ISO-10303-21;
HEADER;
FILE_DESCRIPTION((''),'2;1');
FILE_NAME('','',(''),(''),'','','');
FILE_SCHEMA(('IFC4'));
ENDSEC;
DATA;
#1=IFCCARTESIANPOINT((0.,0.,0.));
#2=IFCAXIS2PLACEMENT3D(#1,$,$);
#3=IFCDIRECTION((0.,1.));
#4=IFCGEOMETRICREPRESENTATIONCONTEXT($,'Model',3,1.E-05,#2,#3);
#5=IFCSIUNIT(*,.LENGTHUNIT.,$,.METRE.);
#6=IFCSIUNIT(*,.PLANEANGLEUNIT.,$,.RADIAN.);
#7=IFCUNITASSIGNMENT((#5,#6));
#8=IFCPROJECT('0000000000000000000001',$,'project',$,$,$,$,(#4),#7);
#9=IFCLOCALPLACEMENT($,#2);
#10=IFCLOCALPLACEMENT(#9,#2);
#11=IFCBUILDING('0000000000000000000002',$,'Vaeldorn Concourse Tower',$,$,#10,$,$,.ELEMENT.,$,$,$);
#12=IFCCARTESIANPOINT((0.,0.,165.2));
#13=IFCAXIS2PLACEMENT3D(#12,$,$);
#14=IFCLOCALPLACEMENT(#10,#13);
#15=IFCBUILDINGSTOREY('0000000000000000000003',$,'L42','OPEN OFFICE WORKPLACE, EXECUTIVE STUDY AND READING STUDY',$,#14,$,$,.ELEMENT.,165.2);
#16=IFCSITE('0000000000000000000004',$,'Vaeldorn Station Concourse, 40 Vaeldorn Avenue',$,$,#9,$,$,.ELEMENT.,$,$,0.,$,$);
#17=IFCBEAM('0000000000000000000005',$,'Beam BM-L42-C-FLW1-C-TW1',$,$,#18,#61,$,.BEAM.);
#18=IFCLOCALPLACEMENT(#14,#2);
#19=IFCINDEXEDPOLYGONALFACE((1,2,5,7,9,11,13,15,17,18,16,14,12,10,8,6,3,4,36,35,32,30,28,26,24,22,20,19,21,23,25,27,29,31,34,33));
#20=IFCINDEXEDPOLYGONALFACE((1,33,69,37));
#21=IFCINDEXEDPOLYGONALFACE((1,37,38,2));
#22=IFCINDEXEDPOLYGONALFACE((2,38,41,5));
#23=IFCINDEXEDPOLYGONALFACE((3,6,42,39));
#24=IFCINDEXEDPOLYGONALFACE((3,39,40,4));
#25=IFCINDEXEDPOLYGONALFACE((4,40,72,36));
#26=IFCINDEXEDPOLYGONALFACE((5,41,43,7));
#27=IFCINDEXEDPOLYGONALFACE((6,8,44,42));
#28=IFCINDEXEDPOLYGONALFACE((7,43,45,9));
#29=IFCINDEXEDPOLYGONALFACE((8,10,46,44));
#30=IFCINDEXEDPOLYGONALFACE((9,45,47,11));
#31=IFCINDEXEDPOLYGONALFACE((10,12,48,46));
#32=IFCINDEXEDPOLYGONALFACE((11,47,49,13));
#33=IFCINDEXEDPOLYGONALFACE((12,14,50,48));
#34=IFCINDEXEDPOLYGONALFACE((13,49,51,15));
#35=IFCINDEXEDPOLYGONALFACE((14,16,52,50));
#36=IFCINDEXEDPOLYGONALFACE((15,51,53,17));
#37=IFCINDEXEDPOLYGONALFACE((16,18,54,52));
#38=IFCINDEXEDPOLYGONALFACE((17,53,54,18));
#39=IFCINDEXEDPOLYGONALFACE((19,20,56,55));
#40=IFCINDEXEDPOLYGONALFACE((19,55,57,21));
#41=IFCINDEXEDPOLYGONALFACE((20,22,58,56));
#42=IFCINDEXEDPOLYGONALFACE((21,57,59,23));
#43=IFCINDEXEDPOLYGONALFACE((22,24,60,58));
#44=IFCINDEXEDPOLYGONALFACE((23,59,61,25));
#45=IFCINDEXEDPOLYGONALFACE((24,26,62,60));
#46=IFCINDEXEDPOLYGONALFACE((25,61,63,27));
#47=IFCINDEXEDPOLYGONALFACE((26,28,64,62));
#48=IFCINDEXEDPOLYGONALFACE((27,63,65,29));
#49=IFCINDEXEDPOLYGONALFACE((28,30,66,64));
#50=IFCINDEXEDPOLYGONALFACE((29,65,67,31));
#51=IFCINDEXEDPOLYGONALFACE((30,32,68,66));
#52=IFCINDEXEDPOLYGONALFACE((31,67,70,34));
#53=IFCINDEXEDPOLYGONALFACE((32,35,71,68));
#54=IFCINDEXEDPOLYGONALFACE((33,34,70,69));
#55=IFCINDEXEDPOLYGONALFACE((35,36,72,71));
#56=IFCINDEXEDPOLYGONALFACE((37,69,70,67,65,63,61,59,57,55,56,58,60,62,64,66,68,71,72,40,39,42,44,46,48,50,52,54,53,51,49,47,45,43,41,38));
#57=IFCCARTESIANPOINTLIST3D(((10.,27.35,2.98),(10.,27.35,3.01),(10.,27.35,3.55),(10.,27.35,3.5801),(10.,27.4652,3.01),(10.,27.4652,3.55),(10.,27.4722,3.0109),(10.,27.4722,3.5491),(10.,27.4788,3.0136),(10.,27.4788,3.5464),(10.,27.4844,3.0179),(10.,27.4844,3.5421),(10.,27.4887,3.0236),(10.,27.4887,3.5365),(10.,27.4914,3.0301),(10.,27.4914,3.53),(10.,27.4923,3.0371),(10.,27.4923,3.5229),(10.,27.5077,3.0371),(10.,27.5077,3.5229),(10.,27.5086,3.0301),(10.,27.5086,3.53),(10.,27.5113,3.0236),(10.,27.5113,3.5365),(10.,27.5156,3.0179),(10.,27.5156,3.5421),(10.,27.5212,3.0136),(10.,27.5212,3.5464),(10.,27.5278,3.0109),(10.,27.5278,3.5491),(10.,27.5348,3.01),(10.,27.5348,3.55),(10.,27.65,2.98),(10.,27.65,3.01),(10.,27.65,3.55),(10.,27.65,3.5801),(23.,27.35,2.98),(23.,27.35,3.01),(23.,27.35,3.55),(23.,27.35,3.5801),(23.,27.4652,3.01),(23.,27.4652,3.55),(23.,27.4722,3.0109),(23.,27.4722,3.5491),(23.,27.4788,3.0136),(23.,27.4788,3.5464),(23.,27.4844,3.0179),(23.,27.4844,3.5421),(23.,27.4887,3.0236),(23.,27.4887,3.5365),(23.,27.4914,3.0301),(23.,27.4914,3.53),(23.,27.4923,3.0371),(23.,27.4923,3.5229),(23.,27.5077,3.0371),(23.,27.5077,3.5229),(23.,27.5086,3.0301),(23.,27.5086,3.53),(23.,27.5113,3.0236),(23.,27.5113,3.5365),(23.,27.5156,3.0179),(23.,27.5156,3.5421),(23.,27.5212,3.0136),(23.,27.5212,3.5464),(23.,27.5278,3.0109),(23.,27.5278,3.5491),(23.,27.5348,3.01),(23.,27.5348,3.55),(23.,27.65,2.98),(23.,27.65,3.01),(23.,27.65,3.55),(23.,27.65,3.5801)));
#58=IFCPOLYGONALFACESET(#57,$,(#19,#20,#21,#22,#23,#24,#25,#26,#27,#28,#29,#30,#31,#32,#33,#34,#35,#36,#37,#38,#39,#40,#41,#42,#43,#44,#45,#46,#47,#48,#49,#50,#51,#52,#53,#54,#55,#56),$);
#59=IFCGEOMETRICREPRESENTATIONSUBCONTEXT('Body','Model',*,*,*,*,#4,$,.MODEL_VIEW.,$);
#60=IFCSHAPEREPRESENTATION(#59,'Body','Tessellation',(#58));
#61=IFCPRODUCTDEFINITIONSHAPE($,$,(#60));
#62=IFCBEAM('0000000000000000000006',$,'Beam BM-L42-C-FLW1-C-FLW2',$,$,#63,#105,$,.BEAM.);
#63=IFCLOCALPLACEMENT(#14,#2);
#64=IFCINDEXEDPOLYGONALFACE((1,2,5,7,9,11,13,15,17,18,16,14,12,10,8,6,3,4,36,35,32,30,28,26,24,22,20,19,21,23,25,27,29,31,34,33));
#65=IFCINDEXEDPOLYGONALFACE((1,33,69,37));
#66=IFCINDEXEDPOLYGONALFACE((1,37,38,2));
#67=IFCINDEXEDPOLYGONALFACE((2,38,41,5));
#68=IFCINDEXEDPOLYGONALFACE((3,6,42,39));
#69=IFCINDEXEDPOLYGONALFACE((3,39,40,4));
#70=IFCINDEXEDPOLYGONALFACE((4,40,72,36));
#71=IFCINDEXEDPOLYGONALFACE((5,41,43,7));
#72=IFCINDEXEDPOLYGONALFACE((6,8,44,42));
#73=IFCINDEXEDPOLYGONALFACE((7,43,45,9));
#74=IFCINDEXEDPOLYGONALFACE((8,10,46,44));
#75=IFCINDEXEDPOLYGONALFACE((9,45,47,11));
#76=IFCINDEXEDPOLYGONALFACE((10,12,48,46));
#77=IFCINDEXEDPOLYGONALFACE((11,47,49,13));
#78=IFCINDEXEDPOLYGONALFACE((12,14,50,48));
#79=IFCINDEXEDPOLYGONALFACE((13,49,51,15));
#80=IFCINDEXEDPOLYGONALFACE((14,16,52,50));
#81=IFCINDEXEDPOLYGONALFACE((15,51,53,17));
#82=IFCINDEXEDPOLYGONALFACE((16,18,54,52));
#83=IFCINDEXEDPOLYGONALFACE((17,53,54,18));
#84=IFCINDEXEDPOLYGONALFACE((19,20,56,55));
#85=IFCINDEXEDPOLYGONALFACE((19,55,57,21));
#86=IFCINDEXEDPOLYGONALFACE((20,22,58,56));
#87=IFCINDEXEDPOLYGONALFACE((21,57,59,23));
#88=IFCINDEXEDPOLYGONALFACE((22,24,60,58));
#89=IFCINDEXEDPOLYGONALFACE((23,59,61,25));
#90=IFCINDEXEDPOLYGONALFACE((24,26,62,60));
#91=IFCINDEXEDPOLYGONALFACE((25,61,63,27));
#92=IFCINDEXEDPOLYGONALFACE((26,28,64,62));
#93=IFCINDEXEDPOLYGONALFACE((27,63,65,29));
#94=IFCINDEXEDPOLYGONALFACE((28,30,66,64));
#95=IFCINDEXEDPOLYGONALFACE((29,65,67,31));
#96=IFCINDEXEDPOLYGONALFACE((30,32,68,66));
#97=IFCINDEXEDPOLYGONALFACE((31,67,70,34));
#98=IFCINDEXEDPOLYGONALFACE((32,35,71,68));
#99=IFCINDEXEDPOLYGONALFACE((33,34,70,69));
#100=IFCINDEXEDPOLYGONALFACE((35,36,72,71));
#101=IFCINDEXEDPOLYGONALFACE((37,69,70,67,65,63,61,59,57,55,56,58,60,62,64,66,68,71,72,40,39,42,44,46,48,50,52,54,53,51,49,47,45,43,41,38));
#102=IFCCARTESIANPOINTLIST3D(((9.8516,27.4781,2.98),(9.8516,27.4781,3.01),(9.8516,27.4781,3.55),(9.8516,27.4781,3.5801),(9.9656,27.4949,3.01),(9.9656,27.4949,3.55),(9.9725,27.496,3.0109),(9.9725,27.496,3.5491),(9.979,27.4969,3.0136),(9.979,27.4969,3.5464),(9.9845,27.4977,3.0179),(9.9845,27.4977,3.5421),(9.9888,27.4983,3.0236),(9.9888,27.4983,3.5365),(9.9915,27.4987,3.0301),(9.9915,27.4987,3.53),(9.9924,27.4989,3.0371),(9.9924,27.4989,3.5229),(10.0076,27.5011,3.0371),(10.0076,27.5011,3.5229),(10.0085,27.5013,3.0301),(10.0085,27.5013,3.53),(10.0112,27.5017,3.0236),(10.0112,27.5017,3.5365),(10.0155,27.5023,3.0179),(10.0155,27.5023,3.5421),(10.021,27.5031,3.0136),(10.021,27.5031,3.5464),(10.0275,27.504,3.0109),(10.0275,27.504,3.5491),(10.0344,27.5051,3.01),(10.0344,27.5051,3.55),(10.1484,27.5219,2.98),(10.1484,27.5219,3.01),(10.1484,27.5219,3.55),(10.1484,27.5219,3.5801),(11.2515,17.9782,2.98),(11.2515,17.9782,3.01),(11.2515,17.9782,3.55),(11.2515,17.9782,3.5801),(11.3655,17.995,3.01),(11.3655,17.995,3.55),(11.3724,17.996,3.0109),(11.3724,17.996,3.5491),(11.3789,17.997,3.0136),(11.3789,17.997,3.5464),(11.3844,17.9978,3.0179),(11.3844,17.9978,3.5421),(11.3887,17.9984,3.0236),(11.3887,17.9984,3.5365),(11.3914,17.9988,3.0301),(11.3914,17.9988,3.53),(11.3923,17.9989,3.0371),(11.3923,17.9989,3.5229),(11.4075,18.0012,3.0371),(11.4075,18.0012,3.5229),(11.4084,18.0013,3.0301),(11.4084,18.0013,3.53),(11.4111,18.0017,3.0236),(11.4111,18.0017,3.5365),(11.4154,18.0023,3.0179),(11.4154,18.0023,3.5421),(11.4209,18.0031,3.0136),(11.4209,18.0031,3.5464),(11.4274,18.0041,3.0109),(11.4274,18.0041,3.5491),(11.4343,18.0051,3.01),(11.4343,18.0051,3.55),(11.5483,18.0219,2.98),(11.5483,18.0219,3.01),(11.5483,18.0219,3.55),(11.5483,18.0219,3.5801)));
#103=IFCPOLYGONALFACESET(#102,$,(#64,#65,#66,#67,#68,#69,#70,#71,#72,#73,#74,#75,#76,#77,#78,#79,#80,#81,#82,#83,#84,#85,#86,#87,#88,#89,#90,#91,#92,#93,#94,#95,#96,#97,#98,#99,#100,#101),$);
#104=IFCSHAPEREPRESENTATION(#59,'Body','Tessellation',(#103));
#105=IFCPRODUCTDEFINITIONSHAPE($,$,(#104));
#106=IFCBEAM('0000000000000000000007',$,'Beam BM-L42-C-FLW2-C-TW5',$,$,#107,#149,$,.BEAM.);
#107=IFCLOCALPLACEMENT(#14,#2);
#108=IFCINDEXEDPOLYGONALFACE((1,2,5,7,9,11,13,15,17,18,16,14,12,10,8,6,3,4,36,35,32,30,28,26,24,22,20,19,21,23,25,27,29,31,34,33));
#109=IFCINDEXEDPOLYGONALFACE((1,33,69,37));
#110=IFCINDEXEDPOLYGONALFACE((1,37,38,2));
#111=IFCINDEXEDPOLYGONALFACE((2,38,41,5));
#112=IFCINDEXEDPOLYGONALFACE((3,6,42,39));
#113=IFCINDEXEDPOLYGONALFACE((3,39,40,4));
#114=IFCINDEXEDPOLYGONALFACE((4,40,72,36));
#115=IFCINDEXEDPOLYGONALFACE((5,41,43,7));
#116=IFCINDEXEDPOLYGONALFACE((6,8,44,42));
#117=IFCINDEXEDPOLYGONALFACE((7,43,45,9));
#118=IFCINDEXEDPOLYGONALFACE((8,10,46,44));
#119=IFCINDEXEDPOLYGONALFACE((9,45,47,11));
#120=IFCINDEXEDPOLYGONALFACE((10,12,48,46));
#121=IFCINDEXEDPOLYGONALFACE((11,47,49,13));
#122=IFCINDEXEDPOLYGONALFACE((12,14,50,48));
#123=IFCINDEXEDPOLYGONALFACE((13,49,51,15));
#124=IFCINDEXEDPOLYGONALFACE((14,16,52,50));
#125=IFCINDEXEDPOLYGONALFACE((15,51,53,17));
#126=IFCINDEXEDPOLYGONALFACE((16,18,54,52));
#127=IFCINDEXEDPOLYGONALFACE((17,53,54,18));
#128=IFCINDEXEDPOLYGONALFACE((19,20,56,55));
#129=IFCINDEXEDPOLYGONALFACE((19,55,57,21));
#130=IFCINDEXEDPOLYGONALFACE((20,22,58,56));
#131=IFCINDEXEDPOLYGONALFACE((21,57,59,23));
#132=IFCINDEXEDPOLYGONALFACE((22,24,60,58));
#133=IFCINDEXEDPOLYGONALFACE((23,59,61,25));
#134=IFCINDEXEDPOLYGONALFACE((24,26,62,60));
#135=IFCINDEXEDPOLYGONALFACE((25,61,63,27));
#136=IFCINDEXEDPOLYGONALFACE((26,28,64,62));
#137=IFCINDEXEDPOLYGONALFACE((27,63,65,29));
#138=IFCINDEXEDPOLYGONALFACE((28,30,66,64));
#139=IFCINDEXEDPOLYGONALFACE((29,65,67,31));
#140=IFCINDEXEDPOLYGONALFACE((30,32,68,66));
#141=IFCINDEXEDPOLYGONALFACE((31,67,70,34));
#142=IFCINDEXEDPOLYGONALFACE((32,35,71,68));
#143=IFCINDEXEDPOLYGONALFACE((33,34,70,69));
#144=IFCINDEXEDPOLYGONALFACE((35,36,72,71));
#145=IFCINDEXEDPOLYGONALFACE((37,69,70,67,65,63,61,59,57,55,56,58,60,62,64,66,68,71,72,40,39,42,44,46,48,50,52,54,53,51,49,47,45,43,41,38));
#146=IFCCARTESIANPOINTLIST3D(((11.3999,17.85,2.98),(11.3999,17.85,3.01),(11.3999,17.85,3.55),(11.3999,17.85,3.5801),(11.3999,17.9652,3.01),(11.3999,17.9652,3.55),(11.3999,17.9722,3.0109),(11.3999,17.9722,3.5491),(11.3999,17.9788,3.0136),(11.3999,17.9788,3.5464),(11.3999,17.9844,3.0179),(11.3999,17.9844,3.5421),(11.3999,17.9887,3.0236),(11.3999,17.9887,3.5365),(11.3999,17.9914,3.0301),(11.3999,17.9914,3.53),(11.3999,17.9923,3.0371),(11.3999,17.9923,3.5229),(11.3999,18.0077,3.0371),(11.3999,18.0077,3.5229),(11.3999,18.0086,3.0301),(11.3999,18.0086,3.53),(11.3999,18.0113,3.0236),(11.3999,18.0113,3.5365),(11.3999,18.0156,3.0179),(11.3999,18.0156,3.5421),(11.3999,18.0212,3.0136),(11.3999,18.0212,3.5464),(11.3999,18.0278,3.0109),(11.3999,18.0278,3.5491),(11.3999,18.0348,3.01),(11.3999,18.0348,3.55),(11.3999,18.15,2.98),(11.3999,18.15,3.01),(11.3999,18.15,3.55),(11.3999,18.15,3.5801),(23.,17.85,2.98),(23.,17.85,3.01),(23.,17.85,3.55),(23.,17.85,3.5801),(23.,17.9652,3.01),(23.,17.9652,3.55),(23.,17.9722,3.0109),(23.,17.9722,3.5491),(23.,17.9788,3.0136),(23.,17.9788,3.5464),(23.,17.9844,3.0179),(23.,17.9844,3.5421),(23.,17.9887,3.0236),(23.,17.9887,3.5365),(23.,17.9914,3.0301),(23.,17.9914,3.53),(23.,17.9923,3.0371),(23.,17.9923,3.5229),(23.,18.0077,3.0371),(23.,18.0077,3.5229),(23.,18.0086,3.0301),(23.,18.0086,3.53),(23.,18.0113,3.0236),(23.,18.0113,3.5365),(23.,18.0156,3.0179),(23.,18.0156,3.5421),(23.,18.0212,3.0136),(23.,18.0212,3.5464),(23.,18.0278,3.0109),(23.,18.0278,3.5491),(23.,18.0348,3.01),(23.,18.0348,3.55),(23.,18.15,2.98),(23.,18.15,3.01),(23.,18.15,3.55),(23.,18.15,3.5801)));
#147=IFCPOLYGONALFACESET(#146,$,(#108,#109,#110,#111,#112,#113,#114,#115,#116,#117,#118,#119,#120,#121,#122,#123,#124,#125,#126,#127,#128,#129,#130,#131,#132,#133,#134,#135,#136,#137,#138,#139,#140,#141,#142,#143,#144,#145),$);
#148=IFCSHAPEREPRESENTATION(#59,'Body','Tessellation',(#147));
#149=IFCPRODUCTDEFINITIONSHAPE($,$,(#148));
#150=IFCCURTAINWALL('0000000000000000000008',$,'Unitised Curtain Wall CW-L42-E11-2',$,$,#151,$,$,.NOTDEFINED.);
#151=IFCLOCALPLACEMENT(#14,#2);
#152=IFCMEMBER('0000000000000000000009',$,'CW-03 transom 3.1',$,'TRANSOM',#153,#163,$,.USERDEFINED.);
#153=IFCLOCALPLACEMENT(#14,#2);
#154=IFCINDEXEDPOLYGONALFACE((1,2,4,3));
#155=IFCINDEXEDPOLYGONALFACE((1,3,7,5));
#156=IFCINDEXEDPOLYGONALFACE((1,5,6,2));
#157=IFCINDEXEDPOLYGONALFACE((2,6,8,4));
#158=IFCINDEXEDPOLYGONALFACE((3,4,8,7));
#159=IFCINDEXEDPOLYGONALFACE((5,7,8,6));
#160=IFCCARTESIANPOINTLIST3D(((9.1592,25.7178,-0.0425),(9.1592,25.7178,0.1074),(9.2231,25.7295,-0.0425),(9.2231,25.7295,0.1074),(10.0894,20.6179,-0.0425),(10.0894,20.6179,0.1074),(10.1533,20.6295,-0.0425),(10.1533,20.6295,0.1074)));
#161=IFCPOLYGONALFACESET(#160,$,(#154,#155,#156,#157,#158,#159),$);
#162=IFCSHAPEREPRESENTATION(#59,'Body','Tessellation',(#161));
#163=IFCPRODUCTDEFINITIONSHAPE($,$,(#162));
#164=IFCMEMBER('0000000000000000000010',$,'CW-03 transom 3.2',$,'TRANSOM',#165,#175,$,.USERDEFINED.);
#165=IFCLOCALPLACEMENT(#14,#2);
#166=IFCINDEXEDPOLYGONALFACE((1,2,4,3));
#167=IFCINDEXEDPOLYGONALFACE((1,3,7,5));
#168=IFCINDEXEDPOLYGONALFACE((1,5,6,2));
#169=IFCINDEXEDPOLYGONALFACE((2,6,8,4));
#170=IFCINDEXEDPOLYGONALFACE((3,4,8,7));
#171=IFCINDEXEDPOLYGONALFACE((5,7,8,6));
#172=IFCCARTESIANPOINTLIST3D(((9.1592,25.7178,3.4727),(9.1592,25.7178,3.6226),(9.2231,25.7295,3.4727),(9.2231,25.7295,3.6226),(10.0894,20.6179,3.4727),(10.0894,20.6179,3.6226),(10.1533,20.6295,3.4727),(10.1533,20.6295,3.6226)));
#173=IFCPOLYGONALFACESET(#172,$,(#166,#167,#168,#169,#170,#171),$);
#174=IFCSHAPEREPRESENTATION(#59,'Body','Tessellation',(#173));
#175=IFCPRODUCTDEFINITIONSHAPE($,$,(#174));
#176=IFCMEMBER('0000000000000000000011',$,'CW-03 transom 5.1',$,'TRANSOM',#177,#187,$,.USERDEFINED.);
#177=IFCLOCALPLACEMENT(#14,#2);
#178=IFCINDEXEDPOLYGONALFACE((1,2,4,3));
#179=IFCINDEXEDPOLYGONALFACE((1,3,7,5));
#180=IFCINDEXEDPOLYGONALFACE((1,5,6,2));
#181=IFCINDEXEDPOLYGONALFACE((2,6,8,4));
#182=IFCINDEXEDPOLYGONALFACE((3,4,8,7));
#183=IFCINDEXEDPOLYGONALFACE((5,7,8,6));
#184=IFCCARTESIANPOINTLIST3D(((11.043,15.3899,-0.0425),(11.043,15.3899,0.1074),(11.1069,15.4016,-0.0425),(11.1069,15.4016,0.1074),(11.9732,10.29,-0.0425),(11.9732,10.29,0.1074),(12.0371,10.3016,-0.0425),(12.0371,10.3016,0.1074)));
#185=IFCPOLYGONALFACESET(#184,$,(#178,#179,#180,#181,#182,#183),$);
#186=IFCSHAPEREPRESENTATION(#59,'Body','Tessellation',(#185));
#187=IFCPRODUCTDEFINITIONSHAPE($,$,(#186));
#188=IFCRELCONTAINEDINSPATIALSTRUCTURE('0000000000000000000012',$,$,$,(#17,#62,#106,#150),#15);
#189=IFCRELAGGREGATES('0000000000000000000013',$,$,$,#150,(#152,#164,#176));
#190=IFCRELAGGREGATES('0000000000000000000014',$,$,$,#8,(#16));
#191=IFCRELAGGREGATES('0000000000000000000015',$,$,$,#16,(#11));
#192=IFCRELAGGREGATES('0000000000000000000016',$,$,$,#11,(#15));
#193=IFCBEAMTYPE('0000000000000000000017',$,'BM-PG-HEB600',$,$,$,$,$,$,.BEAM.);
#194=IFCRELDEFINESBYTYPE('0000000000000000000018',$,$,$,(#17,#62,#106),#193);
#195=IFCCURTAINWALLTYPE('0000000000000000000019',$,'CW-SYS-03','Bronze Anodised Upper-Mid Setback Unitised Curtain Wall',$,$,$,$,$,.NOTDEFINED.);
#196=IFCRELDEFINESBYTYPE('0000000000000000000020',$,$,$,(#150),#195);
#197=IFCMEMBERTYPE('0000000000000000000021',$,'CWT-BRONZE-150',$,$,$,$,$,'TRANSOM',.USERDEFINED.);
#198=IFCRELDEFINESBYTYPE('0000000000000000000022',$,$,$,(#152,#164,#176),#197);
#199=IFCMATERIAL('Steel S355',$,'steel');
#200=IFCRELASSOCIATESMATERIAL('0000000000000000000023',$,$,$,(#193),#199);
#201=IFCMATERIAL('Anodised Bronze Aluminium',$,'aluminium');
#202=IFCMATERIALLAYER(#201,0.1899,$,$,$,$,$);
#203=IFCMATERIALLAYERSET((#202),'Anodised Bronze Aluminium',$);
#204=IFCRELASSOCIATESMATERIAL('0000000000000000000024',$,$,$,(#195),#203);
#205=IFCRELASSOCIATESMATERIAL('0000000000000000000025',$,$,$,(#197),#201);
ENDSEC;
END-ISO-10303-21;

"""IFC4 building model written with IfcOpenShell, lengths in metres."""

from ifc_helpers import new_model, si_unit, direction, frame, origin, origin_2d, place, context, subcontext, project, spatial, rectangle, i_section, extrude, source, transform, mapped, material, layer, layer_set, material_profile, profile_set, type_object, element, aggregate, save


model = new_model("IFC4")

# Units and contexts
model_context = context("Model", 3, precision=1e-05, world=origin(), true_north=direction((0.0, 1.0)))
body_context = subcontext(model_context, "Body", "Model", "MODEL_VIEW")
ifc_project = project(units=[si_unit("LENGTHUNIT", "METRE"), si_unit("PLANEANGLEUNIT", "RADIAN")], contexts=[model_context])

# Site, building, storey
site_placement = place(None, origin())
site = spatial("IfcSite", under=ifc_project, at=site_placement, Name="Vaeldorn Station Concourse, 40 Vaeldorn Avenue", CompositionType="ELEMENT", RefElevation=0.0)
building_placement = place(site_placement, origin())
building = spatial("IfcBuilding", under=site, at=building_placement, Name="Vaeldorn Concourse Tower", CompositionType="ELEMENT")
storey_placement = place(building_placement, frame((0.0, 0.0, 165.2)))
storey = spatial("IfcBuildingStorey", under=building, at=storey_placement, Name="L42", Description="OPEN OFFICE WORKPLACE, EXECUTIVE STUDY AND READING STUDY", CompositionType="ELEMENT", Elevation=165.2)

# Beams
ifc_material_1 = material(Name="Steel S355", Category="steel")
ifc_material_profile_1 = material_profile(ifc_material_1, i_section(OverallWidth=0.3, OverallDepth=0.6001, WebThickness=0.0154, FlangeThickness=0.03, FilletRadius=0.0271, at=origin_2d()), Name="HEB 600")
ifc_profile_set_1 = profile_set([ifc_material_profile_1], Name="Steel S355")
beam_type_1 = type_object("IfcBeamType", Name="BM-PG-HEB600", PredefinedType="BEAM", material=ifc_profile_set_1)
shared_shape_1 = source(origin(), body_context, "Body", "SweptSolid", [
    extrude(i_section(OverallWidth=0.3, OverallDepth=0.6001, WebThickness=0.0154, FlangeThickness=0.03, FilletRadius=0.0271, at=origin_2d()), origin(), (0.0, 0.0, 1.0), 13.0),
])
beam_1_placement = place(storey_placement, frame((10.0, 27.5, 3.28), z_axis=(1.0, 0.0, 0.0), x_axis=(0.0, 1.0, 0.0)))
element("IfcBeam", 1, at=beam_1_placement, inside=storey, type_object=beam_type_1, Name="Beam BM-L42-C-FLW1-C-TW1", PredefinedType="BEAM", context=body_context, shape_type="MappedRepresentation", body=[
    mapped(shared_shape_1, transform((0.0, 0.0, 0.0), scale=1.0)),
])
shared_shape_2 = source(origin(), body_context, "Body", "SweptSolid", [
    extrude(i_section(OverallWidth=0.3, OverallDepth=0.6001, WebThickness=0.0154, FlangeThickness=0.03, FilletRadius=0.0271, at=origin_2d()), origin(), (0.0, 0.0, 1.0), 9.6025),
])
beam_2_placement = place(storey_placement, frame((10.0, 27.5, 3.28), z_axis=(0.145784, -0.989316, 0.0), x_axis=(0.989316, 0.145784, 0.0)))
element("IfcBeam", 2, at=beam_2_placement, inside=storey, type_object=beam_type_1, Name="Beam BM-L42-C-FLW1-C-FLW2", PredefinedType="BEAM", context=body_context, shape_type="MappedRepresentation", body=[
    mapped(shared_shape_2, transform((0.0, 0.0, 0.0), scale=1.0)),
])
shared_shape_3 = source(origin(), body_context, "Body", "SweptSolid", [
    extrude(i_section(OverallWidth=0.3, OverallDepth=0.6001, WebThickness=0.0154, FlangeThickness=0.03, FilletRadius=0.0271, at=origin_2d()), origin(), (0.0, 0.0, 1.0), 11.6001),
])
beam_3_placement = place(storey_placement, frame((11.3999, 18.0, 3.28), z_axis=(1.0, 0.0, 0.0), x_axis=(0.0, 1.0, 0.0)))
element("IfcBeam", 3, at=beam_3_placement, inside=storey, type_object=beam_type_1, Name="Beam BM-L42-C-FLW2-C-TW5", PredefinedType="BEAM", context=body_context, shape_type="MappedRepresentation", body=[
    mapped(shared_shape_3, transform((0.0, 0.0, 0.0), scale=1.0)),
])

# Curtain wall, members
ifc_material_2 = material(Name="Anodised Bronze Aluminium", Category="aluminium")
ifc_layer_1 = layer(ifc_material_2, 0.1899)
ifc_layer_set_1 = layer_set([ifc_layer_1], Name="Anodised Bronze Aluminium")
curtain_wall_type = type_object("IfcCurtainWallType", Name="CW-SYS-03", Description="Bronze Anodised Upper-Mid Setback Unitised Curtain Wall", PredefinedType="NOTDEFINED", material=ifc_layer_set_1)
curtain_wall_placement = place(storey_placement, origin())
curtain_wall = element("IfcCurtainWall", 4, at=curtain_wall_placement, inside=storey, type_object=curtain_wall_type, Name="Unitised Curtain Wall CW-L42-E11-2", PredefinedType="NOTDEFINED")
ifc_material_profile_2 = material_profile(ifc_material_2, rectangle(XDim=0.0649, YDim=0.1499, at=origin_2d()), Name="CWT 65x150")
ifc_profile_set_2 = profile_set([ifc_material_profile_2], Name="Anodised Bronze Aluminium")
member_type_1 = type_object("IfcMemberType", Name="CWT-BRONZE-150", ElementType="TRANSOM", PredefinedType="USERDEFINED", material=ifc_profile_set_2)
shared_shape_4 = source(origin(), body_context, "Body", "SweptSolid", [
    extrude(rectangle(XDim=0.0649, YDim=0.1499, at=origin_2d()), origin(), (0.0, 0.0, 1.0), 5.1841),
])
member_1_placement = place(storey_placement, frame((9.1912, 25.7236, 0.0325), z_axis=(0.179432, -0.98377, 0.0), x_axis=(0.98377, 0.179432, 0.0)))
member_1 = element("IfcMember", 5, at=member_1_placement, type_object=member_type_1, Name="CW-03 transom 3.1", ObjectType="TRANSOM", PredefinedType="USERDEFINED", context=body_context, shape_type="MappedRepresentation", body=[
    mapped(shared_shape_4, transform((0.0, 0.0, 0.0), scale=1.0)),
])
member_2_placement = place(storey_placement, frame((9.1912, 25.7236, 3.5476), z_axis=(0.179432, -0.98377, 0.0), x_axis=(0.98377, 0.179432, 0.0)))
member_2 = element("IfcMember", 6, at=member_2_placement, type_object=member_type_1, Name="CW-03 transom 3.2", ObjectType="TRANSOM", PredefinedType="USERDEFINED", context=body_context, shape_type="MappedRepresentation", body=[
    mapped(shared_shape_4, transform((0.0, 0.0, 0.0), scale=1.0)),
])
member_3_placement = place(storey_placement, frame((11.075, 15.3958, 0.0325), z_axis=(0.179432, -0.98377, 0.0), x_axis=(0.98377, 0.179432, 0.0)))
member_3 = element("IfcMember", 7, at=member_3_placement, type_object=member_type_1, Name="CW-03 transom 5.1", ObjectType="TRANSOM", PredefinedType="USERDEFINED", context=body_context, shape_type="MappedRepresentation", body=[
    mapped(shared_shape_4, transform((0.0, 0.0, 0.0), scale=1.0)),
])
aggregate(curtain_wall, [member_1, member_2, member_3])

save(model, "model.ifc")
